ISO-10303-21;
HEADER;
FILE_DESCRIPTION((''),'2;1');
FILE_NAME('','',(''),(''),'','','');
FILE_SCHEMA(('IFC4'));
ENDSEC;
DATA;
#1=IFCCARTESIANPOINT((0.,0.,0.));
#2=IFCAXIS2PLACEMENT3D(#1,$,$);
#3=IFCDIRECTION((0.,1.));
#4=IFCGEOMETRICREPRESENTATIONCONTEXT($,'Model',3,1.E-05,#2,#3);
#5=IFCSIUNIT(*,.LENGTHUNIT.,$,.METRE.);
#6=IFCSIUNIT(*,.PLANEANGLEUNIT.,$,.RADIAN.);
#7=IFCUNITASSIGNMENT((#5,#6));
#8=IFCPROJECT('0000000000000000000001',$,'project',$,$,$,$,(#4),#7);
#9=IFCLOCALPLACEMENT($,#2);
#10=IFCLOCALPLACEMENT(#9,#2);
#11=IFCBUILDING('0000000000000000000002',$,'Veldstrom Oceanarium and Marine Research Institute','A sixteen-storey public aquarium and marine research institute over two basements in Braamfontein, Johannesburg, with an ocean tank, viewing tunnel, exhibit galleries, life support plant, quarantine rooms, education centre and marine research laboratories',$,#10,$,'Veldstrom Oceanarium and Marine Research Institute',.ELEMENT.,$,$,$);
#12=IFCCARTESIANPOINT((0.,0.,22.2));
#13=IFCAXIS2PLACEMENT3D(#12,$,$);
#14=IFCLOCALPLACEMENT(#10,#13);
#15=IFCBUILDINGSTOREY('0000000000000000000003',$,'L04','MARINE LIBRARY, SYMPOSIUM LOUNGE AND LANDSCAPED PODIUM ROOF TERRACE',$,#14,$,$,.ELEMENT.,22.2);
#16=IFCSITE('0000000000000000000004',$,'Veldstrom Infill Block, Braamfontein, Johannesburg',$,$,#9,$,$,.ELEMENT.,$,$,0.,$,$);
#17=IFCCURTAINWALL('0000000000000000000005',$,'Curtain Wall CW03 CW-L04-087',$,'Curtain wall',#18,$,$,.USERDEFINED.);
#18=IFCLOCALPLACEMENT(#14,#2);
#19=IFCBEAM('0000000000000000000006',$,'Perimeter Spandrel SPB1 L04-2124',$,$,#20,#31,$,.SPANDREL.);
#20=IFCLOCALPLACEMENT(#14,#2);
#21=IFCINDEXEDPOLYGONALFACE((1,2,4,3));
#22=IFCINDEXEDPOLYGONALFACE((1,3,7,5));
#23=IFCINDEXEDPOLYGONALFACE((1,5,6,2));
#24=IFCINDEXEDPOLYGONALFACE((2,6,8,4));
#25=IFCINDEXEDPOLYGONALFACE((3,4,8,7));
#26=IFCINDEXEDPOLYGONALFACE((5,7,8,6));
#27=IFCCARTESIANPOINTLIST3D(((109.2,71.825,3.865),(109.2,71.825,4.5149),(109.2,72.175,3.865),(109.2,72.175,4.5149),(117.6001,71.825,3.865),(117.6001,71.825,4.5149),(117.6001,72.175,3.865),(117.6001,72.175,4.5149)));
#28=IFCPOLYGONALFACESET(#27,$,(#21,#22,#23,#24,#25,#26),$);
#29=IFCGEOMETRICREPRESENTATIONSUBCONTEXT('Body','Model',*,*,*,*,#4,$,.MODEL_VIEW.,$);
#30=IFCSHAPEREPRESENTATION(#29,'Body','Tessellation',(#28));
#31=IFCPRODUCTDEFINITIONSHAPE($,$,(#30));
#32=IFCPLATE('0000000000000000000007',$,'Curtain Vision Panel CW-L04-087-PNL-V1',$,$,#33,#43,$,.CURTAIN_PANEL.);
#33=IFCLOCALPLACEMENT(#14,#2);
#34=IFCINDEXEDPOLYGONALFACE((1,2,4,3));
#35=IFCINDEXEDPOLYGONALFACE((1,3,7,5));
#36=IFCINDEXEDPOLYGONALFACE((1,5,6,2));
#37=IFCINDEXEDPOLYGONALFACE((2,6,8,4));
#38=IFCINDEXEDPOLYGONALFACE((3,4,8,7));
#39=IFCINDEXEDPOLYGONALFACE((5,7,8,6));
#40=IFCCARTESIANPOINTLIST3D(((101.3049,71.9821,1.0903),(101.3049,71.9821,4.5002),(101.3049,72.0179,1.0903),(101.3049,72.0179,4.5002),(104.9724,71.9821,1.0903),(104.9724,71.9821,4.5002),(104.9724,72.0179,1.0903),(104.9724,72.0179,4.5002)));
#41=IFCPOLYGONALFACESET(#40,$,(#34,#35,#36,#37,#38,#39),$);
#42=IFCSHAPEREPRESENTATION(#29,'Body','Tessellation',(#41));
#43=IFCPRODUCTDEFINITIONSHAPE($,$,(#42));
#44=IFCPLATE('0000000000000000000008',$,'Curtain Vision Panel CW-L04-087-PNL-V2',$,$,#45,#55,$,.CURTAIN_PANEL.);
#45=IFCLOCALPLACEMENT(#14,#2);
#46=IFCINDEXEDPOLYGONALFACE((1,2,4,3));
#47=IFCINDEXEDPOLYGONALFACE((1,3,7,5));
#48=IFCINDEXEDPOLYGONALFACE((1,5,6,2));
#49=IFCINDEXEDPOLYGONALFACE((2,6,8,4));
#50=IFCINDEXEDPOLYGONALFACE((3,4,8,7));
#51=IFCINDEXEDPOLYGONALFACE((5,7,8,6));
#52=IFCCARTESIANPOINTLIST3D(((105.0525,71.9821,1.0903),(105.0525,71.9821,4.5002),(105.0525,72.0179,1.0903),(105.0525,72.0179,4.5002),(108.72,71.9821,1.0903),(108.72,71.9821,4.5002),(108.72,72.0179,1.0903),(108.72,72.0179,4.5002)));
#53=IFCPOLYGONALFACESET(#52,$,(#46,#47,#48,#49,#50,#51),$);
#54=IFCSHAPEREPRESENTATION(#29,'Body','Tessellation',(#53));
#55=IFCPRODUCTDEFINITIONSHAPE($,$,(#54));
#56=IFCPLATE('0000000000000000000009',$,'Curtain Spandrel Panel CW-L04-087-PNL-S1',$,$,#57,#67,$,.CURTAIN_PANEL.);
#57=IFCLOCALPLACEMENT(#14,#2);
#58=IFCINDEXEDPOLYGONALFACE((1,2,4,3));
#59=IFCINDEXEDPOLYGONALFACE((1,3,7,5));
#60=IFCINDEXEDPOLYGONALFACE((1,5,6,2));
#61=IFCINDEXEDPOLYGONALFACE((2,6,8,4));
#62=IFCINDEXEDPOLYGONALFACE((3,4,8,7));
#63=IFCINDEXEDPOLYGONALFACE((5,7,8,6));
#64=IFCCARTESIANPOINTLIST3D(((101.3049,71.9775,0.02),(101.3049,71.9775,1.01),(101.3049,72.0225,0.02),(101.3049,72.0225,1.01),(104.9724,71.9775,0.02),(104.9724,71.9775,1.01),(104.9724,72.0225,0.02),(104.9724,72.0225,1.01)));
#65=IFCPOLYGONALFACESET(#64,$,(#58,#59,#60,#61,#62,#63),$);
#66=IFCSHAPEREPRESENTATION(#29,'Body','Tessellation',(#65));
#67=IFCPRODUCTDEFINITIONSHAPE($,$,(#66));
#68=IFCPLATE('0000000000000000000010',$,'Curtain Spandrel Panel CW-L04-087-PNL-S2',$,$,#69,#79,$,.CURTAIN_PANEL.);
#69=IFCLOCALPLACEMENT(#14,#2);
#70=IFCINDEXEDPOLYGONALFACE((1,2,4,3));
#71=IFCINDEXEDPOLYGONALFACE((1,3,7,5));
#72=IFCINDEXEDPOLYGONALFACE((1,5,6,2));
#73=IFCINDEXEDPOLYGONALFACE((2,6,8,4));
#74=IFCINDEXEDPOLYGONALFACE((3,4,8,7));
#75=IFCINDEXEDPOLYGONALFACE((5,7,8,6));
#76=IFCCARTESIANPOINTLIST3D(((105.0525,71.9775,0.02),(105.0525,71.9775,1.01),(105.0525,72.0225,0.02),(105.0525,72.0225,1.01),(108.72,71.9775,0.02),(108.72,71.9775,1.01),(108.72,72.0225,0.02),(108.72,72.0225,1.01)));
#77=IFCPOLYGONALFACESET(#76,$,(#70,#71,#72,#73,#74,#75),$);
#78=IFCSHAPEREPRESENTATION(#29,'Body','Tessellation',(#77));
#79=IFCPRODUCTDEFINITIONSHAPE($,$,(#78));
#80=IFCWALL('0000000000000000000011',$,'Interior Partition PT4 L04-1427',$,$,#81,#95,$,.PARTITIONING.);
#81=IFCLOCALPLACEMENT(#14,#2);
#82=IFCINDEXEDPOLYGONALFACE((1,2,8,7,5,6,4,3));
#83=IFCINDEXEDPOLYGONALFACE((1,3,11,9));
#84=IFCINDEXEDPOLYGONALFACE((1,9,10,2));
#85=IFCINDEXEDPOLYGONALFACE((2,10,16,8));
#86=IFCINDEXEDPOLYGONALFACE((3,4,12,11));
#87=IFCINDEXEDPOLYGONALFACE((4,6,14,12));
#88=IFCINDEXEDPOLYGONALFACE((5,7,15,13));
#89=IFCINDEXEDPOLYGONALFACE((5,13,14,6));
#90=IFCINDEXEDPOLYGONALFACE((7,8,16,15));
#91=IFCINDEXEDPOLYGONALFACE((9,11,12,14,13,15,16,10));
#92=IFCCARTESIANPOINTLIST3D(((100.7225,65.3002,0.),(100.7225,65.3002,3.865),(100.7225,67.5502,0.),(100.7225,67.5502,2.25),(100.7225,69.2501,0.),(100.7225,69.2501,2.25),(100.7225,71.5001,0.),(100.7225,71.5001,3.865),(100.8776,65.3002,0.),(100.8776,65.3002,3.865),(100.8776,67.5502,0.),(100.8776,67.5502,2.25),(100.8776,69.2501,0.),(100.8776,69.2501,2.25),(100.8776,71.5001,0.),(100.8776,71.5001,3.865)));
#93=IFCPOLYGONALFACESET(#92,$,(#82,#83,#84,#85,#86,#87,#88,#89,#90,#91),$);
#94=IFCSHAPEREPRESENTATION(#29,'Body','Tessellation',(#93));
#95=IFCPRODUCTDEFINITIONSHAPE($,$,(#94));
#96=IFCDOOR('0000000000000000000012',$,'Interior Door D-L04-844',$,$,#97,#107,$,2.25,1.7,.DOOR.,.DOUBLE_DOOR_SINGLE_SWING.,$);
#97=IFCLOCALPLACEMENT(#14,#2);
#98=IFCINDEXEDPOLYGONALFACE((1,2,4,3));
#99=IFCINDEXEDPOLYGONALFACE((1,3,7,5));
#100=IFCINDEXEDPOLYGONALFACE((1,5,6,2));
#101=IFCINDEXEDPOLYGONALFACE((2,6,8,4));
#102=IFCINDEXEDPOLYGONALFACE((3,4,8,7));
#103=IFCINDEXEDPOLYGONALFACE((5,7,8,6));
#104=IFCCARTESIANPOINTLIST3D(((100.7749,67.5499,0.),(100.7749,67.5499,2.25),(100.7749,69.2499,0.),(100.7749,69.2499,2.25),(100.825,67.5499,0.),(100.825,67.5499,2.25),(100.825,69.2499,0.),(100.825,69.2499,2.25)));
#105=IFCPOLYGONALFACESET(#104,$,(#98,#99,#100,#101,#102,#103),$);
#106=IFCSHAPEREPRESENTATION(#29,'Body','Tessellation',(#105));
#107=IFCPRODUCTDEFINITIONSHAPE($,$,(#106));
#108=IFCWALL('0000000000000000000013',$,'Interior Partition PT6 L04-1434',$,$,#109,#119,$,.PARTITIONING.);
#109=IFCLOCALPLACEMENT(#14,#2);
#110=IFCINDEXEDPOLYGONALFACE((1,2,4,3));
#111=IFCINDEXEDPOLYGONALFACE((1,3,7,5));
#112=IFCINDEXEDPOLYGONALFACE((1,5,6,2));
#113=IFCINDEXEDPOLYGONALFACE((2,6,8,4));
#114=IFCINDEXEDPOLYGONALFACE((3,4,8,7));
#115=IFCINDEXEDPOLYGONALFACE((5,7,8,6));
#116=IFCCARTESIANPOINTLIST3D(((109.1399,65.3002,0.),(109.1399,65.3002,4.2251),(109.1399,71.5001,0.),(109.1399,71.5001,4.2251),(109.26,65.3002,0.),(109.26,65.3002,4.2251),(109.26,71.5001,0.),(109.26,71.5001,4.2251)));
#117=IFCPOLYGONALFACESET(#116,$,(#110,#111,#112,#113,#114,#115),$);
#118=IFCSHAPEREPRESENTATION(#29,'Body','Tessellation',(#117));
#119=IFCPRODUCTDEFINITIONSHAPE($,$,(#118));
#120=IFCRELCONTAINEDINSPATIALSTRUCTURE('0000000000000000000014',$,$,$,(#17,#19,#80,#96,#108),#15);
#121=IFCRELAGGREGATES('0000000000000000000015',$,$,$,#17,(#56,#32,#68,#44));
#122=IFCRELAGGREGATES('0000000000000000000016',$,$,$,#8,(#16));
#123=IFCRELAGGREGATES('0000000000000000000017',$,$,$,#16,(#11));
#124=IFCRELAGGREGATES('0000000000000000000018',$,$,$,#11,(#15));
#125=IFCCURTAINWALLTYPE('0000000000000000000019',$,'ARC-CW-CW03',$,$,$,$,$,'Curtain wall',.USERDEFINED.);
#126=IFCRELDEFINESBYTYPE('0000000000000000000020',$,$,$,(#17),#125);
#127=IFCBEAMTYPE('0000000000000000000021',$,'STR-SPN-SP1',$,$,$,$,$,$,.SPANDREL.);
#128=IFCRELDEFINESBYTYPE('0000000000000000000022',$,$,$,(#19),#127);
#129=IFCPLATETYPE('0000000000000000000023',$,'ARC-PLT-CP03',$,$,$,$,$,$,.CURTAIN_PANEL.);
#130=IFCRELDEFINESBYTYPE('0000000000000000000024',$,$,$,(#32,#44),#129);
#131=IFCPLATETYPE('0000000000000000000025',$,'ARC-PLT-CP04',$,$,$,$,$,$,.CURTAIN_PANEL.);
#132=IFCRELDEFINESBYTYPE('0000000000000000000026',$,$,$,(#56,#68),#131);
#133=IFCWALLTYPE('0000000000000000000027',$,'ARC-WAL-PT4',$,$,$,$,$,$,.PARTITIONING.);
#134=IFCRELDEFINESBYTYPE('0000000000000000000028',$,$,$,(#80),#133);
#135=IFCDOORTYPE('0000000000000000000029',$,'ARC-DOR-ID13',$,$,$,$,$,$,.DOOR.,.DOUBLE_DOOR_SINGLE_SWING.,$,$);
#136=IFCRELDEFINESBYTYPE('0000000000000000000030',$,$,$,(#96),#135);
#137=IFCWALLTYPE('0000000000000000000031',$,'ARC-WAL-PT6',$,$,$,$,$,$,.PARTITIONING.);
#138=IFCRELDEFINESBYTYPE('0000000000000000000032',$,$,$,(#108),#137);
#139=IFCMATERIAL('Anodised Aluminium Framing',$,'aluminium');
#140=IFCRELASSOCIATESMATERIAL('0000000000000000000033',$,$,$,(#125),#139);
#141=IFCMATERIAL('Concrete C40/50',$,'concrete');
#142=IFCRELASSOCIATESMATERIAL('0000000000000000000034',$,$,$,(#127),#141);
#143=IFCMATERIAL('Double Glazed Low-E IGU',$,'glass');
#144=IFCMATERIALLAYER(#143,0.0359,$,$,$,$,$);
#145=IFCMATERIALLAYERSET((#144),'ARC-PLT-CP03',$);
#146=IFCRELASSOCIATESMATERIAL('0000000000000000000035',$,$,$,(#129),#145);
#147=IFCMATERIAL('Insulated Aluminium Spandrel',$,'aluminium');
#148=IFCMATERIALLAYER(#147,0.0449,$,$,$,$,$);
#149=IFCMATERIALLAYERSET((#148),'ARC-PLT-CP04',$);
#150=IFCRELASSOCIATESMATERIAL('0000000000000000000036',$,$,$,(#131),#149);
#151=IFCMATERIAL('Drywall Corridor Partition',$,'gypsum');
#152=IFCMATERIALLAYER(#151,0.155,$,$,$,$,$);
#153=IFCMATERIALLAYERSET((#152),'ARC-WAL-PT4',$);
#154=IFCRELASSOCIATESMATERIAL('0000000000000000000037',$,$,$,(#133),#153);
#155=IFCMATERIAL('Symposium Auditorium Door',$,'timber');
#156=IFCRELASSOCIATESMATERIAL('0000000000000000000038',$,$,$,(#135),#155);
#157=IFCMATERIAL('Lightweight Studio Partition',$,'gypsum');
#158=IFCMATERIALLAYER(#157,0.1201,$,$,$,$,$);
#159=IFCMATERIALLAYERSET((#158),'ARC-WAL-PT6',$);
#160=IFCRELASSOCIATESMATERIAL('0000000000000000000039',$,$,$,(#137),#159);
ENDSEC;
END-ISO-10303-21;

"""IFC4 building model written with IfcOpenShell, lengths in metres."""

from ifc_helpers import new_model, si_unit, direction, frame, frame_2d, origin, origin_2d, place, context, subcontext, project, spatial, rectangle, extrude, material, layer, layer_set, material_profile, profile_set, type_object, element, fill, aggregate, save


model = new_model("IFC4")

# Units and contexts
model_context = context("Model", 3, precision=1e-05, world=origin(), true_north=direction((0.0, 1.0)))
body_context = subcontext(model_context, "Body", "Model", "MODEL_VIEW")
ifc_project = project(units=[si_unit("LENGTHUNIT", "METRE"), si_unit("PLANEANGLEUNIT", "RADIAN")], contexts=[model_context])

# Site, building, storey
site_placement = place(None, origin())
site = spatial("IfcSite", under=ifc_project, at=site_placement, Name="Veldstrom Infill Block, Braamfontein, Johannesburg", CompositionType="ELEMENT", RefElevation=0.0)
building_placement = place(site_placement, origin())
building = spatial("IfcBuilding", under=site, at=building_placement, Name="Veldstrom Oceanarium and Marine Research Institute", Description="A sixteen-storey public aquarium and marine research institute over two basements in Braamfontein, Johannesburg, with an ocean tank, viewing tunnel, exhibit galleries, life support plant, quarantine rooms, education centre and marine research laboratories", LongName="Veldstrom Oceanarium and Marine Research Institute", CompositionType="ELEMENT")
storey_placement = place(building_placement, frame((0.0, 0.0, 22.2)))
storey = spatial("IfcBuildingStorey", under=building, at=storey_placement, Name="L04", Description="MARINE LIBRARY, SYMPOSIUM LOUNGE AND LANDSCAPED PODIUM ROOF TERRACE", CompositionType="ELEMENT", Elevation=22.2)

# Curtain wall
ifc_material_1 = material(Name="Anodised Aluminium Framing", Category="aluminium")
curtain_wall_type = type_object("IfcCurtainWallType", Name="ARC-CW-CW03", ElementType="Curtain wall", PredefinedType="USERDEFINED", material=ifc_material_1)
curtain_wall_placement = place(storey_placement, origin())
curtain_wall = element("IfcCurtainWall", 1, at=curtain_wall_placement, inside=storey, type_object=curtain_wall_type, Name="Curtain Wall CW03 CW-L04-087", ObjectType="Curtain wall", PredefinedType="USERDEFINED")

# Beam
ifc_material_2 = material(Name="Concrete C40/50", Category="concrete")
ifc_material_profile_1 = material_profile(ifc_material_2, rectangle(XDim=0.3501, YDim=0.6499, at=origin_2d()), Name="RC-SPN-350x650")
ifc_profile_set_1 = profile_set([ifc_material_profile_1], Name="Concrete C40/50")
beam_type_1 = type_object("IfcBeamType", Name="STR-SPN-SP1", PredefinedType="SPANDREL", material=ifc_profile_set_1)
beam_1_placement = place(storey_placement, frame((109.2, 72.0, 4.1899), z_axis=(1.0, 0.0, 0.0), x_axis=(0.0, 1.0, 0.0)))
element("IfcBeam", 2, at=beam_1_placement, inside=storey, type_object=beam_type_1, Name="Perimeter Spandrel SPB1 L04-2124", PredefinedType="SPANDREL", context=body_context, shape_type="SweptSolid", body=[
    extrude(rectangle(XDim=0.3501, YDim=0.6499, at=origin_2d()), origin(), (0.0, 0.0, 1.0), 8.4001),
])

# Plates
ifc_material_3 = material(Name="Double Glazed Low-E IGU", Category="glass")
ifc_layer_1 = layer(ifc_material_3, 0.0359)
ifc_layer_set_1 = layer_set([ifc_layer_1], Name="ARC-PLT-CP03")
plate_type_1 = type_object("IfcPlateType", Name="ARC-PLT-CP03", PredefinedType="CURTAIN_PANEL", material=ifc_layer_set_1)
plate_1_placement = place(storey_placement, frame((103.1387, 72.0, 1.0903), z_axis=(0.0, 0.0, 1.0), x_axis=(1.0, 0.0, 0.0)))
plate_1 = element("IfcPlate", 3, at=plate_1_placement, type_object=plate_type_1, Name="Curtain Vision Panel CW-L04-087-PNL-V1", PredefinedType="CURTAIN_PANEL", context=body_context, shape_type="SweptSolid", body=[
    extrude(rectangle(XDim=3.6675, YDim=0.0359, at=origin_2d()), origin(), (0.0, 0.0, 1.0), 3.4099),
])
plate_2_placement = place(storey_placement, frame((106.8862, 72.0, 1.0903), z_axis=(0.0, 0.0, 1.0), x_axis=(1.0, 0.0, 0.0)))
plate_2 = element("IfcPlate", 4, at=plate_2_placement, type_object=plate_type_1, Name="Curtain Vision Panel CW-L04-087-PNL-V2", PredefinedType="CURTAIN_PANEL", context=body_context, shape_type="SweptSolid", body=[
    extrude(rectangle(XDim=3.6675, YDim=0.0359, at=origin_2d()), origin(), (0.0, 0.0, 1.0), 3.4099),
])
ifc_material_4 = material(Name="Insulated Aluminium Spandrel", Category="aluminium")
ifc_layer_2 = layer(ifc_material_4, 0.0449)
ifc_layer_set_2 = layer_set([ifc_layer_2], Name="ARC-PLT-CP04")
plate_type_2 = type_object("IfcPlateType", Name="ARC-PLT-CP04", PredefinedType="CURTAIN_PANEL", material=ifc_layer_set_2)
plate_3_placement = place(storey_placement, frame((103.1387, 72.0, 0.02), z_axis=(0.0, 0.0, 1.0), x_axis=(1.0, 0.0, 0.0)))
plate_3 = element("IfcPlate", 5, at=plate_3_placement, type_object=plate_type_2, Name="Curtain Spandrel Panel CW-L04-087-PNL-S1", PredefinedType="CURTAIN_PANEL", context=body_context, shape_type="SweptSolid", body=[
    extrude(rectangle(XDim=3.6675, YDim=0.0449, at=origin_2d()), origin(), (0.0, 0.0, 1.0), 0.99),
])
plate_4_placement = place(storey_placement, frame((106.8862, 72.0, 0.02), z_axis=(0.0, 0.0, 1.0), x_axis=(1.0, 0.0, 0.0)))
plate_4 = element("IfcPlate", 6, at=plate_4_placement, type_object=plate_type_2, Name="Curtain Spandrel Panel CW-L04-087-PNL-S2", PredefinedType="CURTAIN_PANEL", context=body_context, shape_type="SweptSolid", body=[
    extrude(rectangle(XDim=3.6675, YDim=0.0449, at=origin_2d()), origin(), (0.0, 0.0, 1.0), 0.99),
])
aggregate(curtain_wall, [plate_3, plate_1, plate_4, plate_2])

# Wall, opening, door
ifc_material_5 = material(Name="Drywall Corridor Partition", Category="gypsum")
ifc_layer_3 = layer(ifc_material_5, 0.155)
ifc_layer_set_3 = layer_set([ifc_layer_3], Name="ARC-WAL-PT4")
wall_type_1 = type_object("IfcWallType", Name="ARC-WAL-PT4", PredefinedType="PARTITIONING", material=ifc_layer_set_3)
wall_1_placement = place(storey_placement, frame((100.8, 65.3, 0.0), z_axis=(0.0, 0.0, 1.0), x_axis=(0.0, 1.0, 0.0)))
wall_1 = element("IfcWall", 7, at=wall_1_placement, inside=storey, type_object=wall_type_1, Name="Interior Partition PT4 L04-1427", PredefinedType="PARTITIONING", context=body_context, shape_type="SweptSolid", body=[
    extrude(rectangle(XDim=6.2, YDim=0.155, at=frame_2d((3.1001, 0.0))), origin(), (0.0, 0.0, 1.0), 3.865),
])
opening_placement = place(wall_1_placement, frame((2.25, 0.0, 0.0)))
opening = element("IfcOpeningElement", 8, at=opening_placement, cuts=wall_1, PredefinedType="OPENING", context=body_context, shape_type="SweptSolid", body=[
    extrude(rectangle(XDim=1.7, YDim=2.25, at=frame_2d((0.8501, 1.125))), frame((0.0, 0.0874, 0.0), z_axis=(0.0, -1.0, 0.0), x_axis=(1.0, 0.0, 0.0)), (0.0, 0.0, 1.0), 0.175),
])
ifc_material_6 = material(Name="Symposium Auditorium Door", Category="timber")
door_type = type_object("IfcDoorType", Name="ARC-DOR-ID13", OperationType="DOUBLE_DOOR_SINGLE_SWING", PredefinedType="DOOR", material=ifc_material_6)
door_placement = place(opening_placement, frame((1.7, 0.0, 0.0), z_axis=(0.0, 0.0, 1.0), x_axis=(-1.0, 0.0, 0.0)))
door = element("IfcDoor", 9, at=door_placement, inside=storey, type_object=door_type, Name="Interior Door D-L04-844", OperationType="DOUBLE_DOOR_SINGLE_SWING", OverallHeight=2.25, OverallWidth=1.7, PredefinedType="DOOR", context=body_context, shape_type="SweptSolid", body=[
    extrude(rectangle(XDim=1.7, YDim=2.25, at=frame_2d((0.8501, 1.125))), frame((0.0, 0.0249, 0.0), z_axis=(0.0, -1.0, 0.0), x_axis=(1.0, 0.0, 0.0)), (0.0, 0.0, 1.0), 0.05),
])
fill(opening, door)

# Wall
ifc_material_7 = material(Name="Lightweight Studio Partition", Category="gypsum")
ifc_layer_4 = layer(ifc_material_7, 0.1201)
ifc_layer_set_4 = layer_set([ifc_layer_4], Name="ARC-WAL-PT6")
wall_type_2 = type_object("IfcWallType", Name="ARC-WAL-PT6", PredefinedType="PARTITIONING", material=ifc_layer_set_4)
wall_2_placement = place(storey_placement, frame((109.2, 65.3, 0.0), z_axis=(0.0, 0.0, 1.0), x_axis=(0.0, 1.0, 0.0)))
element("IfcWall", 10, at=wall_2_placement, inside=storey, type_object=wall_type_2, Name="Interior Partition PT6 L04-1434", PredefinedType="PARTITIONING", context=body_context, shape_type="SweptSolid", body=[
    extrude(rectangle(XDim=6.2, YDim=0.1201, at=frame_2d((3.1001, 0.0))), origin(), (0.0, 0.0, 1.0), 4.2251),
])

save(model, "model.ifc")
